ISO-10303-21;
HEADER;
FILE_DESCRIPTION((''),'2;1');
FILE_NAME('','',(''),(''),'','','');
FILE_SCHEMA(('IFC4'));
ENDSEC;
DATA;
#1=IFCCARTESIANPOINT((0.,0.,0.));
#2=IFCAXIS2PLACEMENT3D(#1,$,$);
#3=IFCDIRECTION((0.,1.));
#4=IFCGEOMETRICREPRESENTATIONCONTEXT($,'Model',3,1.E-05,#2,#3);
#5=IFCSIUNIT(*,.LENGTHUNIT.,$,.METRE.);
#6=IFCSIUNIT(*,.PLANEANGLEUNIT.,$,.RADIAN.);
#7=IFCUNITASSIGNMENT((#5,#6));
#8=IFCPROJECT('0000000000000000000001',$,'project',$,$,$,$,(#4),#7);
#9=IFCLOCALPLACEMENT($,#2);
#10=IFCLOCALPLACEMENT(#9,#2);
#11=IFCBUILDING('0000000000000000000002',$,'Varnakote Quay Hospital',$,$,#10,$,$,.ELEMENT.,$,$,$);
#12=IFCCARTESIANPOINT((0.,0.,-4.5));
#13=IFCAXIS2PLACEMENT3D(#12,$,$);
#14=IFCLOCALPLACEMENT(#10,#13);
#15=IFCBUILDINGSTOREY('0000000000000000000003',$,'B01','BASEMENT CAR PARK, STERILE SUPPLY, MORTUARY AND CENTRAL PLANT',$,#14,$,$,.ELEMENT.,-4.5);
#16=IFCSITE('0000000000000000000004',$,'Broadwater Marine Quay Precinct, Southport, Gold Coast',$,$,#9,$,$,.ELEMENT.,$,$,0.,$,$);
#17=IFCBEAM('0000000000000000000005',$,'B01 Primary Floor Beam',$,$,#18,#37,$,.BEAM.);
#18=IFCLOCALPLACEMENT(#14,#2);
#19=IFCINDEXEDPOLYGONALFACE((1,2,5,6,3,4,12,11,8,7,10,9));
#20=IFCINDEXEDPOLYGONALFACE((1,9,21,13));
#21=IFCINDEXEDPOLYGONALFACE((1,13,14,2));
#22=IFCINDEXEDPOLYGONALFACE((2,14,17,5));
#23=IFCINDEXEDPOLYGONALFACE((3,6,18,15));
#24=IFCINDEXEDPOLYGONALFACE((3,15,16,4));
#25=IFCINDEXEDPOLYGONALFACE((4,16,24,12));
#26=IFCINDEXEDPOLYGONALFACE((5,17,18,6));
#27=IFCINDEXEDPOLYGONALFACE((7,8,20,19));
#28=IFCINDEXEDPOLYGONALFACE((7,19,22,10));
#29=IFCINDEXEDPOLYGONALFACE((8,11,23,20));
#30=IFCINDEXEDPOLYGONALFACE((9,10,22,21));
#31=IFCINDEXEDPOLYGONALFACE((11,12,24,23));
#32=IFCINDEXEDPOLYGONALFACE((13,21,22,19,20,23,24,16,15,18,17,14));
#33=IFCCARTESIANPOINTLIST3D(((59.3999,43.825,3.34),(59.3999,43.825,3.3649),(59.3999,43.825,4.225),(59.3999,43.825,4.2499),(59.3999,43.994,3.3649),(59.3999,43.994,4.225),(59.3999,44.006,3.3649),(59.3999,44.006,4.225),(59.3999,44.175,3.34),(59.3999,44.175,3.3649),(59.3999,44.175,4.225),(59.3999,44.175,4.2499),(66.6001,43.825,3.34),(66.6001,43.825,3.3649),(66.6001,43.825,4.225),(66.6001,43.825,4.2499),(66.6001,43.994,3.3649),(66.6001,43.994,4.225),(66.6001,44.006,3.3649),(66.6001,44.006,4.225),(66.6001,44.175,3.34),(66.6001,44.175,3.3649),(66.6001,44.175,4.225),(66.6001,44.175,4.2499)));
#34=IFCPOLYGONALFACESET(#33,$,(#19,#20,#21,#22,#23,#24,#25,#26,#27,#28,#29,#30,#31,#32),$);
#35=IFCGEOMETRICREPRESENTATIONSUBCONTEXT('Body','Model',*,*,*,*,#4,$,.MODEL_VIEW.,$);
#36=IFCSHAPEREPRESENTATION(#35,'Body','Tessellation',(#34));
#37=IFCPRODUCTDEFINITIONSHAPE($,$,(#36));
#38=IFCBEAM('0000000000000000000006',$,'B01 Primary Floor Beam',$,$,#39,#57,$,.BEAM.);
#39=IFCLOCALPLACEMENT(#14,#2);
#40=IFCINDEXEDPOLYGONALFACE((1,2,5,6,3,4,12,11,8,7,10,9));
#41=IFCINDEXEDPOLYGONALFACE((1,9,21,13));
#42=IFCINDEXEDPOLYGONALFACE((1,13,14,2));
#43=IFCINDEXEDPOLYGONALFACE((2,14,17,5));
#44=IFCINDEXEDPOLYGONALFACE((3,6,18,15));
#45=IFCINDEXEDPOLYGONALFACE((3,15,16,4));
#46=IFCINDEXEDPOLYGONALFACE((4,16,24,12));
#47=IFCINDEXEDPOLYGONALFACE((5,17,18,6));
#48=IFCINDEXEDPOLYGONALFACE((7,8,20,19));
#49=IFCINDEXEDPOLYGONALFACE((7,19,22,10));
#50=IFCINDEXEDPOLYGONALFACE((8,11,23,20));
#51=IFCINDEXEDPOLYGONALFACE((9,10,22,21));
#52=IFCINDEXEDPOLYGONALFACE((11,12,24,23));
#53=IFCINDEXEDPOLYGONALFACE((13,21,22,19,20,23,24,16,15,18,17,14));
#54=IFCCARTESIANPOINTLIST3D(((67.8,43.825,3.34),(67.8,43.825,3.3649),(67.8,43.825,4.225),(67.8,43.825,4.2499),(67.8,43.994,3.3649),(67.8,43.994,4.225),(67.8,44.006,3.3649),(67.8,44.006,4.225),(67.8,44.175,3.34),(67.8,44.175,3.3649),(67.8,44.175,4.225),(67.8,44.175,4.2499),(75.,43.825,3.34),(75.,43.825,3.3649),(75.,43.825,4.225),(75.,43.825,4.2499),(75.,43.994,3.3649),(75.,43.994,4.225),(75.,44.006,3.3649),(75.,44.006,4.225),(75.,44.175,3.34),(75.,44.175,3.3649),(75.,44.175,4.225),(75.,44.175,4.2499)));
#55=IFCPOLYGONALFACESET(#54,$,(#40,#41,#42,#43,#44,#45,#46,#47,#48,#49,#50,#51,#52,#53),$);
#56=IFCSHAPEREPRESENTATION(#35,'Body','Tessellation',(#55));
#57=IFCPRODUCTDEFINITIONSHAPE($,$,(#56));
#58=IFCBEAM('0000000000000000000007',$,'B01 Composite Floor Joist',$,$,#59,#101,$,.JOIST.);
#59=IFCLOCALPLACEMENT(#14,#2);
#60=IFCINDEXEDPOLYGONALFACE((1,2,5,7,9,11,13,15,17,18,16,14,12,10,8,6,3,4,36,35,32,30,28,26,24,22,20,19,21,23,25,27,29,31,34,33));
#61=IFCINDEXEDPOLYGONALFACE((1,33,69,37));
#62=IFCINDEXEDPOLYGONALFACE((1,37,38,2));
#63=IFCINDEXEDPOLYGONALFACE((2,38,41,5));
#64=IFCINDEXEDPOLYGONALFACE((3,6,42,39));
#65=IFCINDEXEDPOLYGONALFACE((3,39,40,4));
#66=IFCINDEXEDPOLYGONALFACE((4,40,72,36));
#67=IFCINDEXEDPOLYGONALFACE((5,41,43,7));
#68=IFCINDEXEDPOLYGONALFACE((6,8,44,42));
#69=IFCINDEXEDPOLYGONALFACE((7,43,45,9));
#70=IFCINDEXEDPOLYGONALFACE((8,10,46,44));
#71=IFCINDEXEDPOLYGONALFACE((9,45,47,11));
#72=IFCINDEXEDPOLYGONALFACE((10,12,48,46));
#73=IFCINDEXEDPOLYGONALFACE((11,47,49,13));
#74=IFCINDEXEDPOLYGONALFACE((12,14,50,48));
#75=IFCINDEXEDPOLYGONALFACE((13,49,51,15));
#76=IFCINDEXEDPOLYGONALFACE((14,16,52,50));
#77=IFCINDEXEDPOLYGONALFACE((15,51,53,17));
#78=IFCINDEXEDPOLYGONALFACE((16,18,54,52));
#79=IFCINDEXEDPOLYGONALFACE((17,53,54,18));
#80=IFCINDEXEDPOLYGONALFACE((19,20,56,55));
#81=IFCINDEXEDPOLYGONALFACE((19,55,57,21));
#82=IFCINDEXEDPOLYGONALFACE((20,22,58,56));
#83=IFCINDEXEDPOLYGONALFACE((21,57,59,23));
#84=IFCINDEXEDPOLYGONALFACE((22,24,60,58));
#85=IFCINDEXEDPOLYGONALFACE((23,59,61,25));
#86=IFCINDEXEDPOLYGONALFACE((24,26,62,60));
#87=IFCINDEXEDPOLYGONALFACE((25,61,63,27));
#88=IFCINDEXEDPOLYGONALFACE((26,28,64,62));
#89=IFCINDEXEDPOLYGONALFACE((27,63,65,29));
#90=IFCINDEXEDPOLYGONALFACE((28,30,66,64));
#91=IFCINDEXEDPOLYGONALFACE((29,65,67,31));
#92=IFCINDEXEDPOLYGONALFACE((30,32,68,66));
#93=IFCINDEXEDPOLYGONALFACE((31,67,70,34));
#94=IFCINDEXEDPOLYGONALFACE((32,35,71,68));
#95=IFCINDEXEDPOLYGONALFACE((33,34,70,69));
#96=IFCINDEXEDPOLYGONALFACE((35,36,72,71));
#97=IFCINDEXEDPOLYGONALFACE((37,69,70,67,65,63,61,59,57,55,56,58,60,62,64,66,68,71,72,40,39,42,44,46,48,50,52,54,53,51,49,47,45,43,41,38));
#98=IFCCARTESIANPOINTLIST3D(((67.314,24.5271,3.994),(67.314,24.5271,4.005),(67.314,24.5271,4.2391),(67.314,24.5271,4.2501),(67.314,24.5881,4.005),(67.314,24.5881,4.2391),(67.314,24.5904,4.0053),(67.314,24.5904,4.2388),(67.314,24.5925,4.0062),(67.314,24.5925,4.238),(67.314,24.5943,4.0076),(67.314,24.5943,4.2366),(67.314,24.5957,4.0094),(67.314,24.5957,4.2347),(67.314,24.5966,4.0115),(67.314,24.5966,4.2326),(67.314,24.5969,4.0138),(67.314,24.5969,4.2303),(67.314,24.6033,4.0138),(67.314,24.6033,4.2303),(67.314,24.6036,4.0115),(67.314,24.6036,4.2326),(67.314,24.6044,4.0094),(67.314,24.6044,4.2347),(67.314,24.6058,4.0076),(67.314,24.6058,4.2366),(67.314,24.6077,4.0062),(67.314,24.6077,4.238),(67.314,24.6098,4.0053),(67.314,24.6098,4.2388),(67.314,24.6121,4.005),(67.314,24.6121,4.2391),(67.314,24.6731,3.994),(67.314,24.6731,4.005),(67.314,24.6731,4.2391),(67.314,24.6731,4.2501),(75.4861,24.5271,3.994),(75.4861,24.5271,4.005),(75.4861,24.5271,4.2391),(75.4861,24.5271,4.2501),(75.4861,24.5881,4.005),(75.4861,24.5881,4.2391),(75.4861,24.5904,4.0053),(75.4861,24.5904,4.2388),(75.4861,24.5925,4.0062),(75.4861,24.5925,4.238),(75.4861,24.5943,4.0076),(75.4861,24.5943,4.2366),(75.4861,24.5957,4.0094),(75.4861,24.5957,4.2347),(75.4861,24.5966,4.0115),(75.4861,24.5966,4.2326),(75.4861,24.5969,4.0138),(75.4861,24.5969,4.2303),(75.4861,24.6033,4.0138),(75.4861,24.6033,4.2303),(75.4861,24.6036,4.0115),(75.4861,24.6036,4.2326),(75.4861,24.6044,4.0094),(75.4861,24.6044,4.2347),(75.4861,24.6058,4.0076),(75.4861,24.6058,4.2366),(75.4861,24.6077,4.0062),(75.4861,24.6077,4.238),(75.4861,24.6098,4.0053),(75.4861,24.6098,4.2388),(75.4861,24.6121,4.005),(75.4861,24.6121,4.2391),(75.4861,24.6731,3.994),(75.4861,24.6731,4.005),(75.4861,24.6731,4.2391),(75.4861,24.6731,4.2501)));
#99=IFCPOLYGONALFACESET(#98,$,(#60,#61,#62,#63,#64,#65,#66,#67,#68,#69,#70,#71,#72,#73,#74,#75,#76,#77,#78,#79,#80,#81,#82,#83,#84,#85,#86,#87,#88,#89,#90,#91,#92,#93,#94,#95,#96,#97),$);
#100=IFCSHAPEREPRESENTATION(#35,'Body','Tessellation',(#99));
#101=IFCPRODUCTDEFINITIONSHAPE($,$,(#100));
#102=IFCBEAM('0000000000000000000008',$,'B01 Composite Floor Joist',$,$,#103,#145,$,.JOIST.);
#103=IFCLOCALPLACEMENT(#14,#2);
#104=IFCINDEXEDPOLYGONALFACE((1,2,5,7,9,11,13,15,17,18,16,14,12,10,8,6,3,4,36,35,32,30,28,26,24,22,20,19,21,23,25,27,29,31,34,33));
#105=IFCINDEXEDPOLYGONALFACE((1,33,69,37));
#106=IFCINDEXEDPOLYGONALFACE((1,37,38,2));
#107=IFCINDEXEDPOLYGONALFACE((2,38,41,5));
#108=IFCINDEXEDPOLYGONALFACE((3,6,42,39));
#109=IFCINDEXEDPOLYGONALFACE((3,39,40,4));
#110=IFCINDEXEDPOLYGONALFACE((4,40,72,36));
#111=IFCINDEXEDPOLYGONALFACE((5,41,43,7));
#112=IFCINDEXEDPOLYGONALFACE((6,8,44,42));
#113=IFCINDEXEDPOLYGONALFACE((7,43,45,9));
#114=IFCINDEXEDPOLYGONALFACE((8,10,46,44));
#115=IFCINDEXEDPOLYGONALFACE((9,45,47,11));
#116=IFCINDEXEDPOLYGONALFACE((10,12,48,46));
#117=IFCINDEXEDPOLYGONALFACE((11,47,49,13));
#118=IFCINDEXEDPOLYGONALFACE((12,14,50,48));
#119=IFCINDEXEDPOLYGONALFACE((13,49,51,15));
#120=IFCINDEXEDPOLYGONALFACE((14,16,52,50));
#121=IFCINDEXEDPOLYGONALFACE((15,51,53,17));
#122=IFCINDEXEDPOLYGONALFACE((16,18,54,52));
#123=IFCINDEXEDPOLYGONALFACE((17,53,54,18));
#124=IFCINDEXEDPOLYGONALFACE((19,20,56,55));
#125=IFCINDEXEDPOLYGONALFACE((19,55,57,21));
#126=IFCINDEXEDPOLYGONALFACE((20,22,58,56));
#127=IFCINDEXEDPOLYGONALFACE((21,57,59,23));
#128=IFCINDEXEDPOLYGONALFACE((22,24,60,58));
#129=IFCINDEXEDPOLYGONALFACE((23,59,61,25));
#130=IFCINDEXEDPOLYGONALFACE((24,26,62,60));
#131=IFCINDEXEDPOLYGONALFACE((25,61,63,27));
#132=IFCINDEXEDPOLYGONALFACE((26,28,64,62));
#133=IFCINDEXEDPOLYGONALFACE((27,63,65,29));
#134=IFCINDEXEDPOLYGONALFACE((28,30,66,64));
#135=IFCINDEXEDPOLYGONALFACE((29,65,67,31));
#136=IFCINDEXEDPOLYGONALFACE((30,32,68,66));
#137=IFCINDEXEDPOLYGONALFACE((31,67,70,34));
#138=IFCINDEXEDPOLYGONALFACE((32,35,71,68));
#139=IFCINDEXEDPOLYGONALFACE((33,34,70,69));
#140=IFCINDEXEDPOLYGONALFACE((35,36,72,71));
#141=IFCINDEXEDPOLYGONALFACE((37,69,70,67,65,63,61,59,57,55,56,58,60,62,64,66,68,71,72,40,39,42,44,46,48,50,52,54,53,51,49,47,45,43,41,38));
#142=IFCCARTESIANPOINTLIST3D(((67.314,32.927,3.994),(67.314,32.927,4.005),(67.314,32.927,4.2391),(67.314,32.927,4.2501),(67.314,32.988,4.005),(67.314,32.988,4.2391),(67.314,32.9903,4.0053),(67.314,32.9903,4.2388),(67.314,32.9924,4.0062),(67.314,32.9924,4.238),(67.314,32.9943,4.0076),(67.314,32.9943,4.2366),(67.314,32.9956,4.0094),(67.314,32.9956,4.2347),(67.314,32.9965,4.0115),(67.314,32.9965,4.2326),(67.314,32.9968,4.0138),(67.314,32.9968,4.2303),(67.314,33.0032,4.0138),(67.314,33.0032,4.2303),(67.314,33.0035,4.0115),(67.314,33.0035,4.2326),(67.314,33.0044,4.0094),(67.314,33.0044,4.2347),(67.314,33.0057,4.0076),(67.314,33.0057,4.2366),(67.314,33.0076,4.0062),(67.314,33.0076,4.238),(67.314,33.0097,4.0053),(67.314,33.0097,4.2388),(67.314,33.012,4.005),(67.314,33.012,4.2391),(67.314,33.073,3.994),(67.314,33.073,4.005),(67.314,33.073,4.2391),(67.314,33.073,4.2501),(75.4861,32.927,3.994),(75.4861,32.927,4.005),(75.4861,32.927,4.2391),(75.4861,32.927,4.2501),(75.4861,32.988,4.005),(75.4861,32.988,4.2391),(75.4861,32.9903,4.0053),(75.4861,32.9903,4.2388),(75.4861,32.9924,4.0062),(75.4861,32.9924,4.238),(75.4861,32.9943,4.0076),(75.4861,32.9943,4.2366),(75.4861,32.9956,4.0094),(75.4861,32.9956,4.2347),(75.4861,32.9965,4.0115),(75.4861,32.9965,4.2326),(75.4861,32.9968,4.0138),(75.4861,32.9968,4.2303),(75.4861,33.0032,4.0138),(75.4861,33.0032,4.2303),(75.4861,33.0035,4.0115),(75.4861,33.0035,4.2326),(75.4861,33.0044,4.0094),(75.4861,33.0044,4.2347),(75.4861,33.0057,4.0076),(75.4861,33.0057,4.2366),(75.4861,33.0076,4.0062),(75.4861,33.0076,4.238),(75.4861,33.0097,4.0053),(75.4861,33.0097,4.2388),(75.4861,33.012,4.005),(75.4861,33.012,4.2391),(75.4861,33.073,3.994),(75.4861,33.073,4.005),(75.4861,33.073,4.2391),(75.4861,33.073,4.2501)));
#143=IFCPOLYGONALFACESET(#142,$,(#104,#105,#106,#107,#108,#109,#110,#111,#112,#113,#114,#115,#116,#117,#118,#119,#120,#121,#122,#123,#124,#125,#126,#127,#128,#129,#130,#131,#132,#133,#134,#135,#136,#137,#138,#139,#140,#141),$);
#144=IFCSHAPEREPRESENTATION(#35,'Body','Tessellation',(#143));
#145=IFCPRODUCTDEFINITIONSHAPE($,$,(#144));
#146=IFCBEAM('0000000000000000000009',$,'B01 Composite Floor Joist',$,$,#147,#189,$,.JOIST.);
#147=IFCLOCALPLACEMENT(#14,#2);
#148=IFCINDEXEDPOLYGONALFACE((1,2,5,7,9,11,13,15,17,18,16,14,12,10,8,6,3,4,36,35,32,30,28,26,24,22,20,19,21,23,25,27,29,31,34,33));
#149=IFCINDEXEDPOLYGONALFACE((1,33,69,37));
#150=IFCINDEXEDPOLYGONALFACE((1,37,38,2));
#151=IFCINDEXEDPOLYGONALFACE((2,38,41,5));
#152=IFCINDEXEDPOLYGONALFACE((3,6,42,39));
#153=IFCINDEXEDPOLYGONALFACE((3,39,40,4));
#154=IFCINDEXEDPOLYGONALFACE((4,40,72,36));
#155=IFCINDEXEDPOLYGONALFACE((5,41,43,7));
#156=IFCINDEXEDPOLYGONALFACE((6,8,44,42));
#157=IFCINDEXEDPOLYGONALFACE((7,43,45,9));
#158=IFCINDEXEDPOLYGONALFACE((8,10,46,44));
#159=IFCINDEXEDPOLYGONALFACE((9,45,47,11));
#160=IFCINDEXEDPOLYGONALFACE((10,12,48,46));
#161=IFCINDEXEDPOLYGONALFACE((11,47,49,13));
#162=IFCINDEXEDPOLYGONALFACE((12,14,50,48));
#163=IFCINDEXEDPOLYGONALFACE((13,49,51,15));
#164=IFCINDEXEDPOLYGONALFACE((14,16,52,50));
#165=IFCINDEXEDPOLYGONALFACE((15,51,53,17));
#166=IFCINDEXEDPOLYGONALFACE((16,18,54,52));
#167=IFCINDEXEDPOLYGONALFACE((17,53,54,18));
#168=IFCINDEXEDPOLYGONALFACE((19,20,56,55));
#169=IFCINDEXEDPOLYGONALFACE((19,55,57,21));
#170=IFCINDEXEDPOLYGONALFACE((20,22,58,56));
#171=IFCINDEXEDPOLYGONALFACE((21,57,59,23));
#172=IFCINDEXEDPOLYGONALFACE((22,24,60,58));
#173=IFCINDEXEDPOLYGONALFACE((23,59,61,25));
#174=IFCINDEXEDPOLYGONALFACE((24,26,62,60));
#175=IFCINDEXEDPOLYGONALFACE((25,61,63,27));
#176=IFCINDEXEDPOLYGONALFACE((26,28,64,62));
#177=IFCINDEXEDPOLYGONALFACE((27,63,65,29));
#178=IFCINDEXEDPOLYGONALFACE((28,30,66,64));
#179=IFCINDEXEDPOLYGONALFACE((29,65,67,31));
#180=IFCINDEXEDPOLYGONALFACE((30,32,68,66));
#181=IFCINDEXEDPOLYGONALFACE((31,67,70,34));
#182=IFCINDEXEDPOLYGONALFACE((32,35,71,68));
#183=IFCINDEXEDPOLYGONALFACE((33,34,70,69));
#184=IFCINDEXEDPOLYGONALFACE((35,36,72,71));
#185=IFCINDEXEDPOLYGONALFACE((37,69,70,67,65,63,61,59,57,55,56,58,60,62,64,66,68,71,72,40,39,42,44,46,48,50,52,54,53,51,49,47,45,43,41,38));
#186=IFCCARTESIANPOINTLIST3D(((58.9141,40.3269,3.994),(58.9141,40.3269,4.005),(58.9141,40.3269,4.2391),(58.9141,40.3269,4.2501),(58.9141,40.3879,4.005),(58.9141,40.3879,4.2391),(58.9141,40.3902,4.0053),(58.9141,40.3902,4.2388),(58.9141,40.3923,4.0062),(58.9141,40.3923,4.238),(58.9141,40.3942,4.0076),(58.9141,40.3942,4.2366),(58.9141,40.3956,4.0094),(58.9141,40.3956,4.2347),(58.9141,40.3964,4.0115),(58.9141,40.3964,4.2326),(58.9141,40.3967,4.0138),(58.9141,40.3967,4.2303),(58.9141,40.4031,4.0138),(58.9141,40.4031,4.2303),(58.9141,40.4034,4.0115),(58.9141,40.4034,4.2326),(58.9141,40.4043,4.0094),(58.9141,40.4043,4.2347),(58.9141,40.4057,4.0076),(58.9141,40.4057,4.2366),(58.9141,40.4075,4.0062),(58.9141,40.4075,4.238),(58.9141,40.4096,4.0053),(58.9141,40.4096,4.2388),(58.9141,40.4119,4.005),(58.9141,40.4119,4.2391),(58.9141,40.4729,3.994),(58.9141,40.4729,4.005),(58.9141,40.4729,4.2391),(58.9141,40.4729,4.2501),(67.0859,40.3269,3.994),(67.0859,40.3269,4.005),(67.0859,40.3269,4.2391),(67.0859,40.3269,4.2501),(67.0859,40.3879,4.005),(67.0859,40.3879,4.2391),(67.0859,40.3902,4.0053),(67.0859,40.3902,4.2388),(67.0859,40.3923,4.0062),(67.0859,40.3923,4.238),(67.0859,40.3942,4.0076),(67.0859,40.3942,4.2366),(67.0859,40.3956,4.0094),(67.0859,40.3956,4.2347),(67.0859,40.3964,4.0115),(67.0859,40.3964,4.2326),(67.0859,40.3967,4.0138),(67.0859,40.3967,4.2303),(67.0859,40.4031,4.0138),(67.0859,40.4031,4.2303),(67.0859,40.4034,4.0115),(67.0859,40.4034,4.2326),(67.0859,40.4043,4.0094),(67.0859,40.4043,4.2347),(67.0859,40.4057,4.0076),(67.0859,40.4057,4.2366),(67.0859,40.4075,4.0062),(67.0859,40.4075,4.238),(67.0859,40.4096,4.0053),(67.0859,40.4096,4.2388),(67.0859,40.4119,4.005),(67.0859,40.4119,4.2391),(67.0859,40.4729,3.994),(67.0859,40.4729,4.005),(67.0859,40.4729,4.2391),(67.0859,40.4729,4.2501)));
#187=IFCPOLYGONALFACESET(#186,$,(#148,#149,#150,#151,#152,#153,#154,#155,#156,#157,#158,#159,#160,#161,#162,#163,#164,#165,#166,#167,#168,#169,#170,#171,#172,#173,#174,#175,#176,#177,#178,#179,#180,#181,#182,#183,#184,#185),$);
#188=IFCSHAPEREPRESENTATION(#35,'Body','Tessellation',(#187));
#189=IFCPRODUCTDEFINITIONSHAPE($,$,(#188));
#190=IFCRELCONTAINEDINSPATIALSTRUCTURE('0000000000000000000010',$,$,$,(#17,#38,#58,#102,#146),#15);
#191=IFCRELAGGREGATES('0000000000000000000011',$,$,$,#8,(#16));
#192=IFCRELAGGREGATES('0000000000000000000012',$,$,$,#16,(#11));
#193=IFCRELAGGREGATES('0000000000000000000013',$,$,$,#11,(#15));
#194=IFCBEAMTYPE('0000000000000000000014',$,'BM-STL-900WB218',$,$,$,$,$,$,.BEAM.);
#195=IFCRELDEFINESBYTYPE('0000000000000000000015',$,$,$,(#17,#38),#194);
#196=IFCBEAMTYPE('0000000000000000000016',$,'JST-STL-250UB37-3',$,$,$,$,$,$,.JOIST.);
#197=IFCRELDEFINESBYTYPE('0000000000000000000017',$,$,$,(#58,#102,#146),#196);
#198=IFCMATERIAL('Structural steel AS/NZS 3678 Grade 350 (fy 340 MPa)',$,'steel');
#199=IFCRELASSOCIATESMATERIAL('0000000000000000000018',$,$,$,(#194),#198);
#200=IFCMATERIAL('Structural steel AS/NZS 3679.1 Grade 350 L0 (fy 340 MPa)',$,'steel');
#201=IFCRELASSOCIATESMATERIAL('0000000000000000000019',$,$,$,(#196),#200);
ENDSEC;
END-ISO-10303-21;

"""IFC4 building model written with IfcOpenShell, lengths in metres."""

from ifc_helpers import new_model, si_unit, direction, frame, origin, origin_2d, place, context, subcontext, project, spatial, i_section, extrude, material, material_profile, profile_set, type_object, element, save


model = new_model("IFC4")

# Units and contexts
model_context = context("Model", 3, precision=1e-05, world=origin(), true_north=direction((0.0, 1.0)))
body_context = subcontext(model_context, "Body", "Model", "MODEL_VIEW")
ifc_project = project(units=[si_unit("LENGTHUNIT", "METRE"), si_unit("PLANEANGLEUNIT", "RADIAN")], contexts=[model_context])

# Site, building, storey
site_placement = place(None, origin())
site = spatial("IfcSite", under=ifc_project, at=site_placement, Name="Broadwater Marine Quay Precinct, Southport, Gold Coast", CompositionType="ELEMENT", RefElevation=0.0)
building_placement = place(site_placement, origin())
building = spatial("IfcBuilding", under=site, at=building_placement, Name="Varnakote Quay Hospital", CompositionType="ELEMENT")
storey_placement = place(building_placement, frame((0.0, 0.0, -4.5)))
storey = spatial("IfcBuildingStorey", under=building, at=storey_placement, Name="B01", Description="BASEMENT CAR PARK, STERILE SUPPLY, MORTUARY AND CENTRAL PLANT", CompositionType="ELEMENT", Elevation=-4.5)

# Beams
ifc_material_1 = material(Name="Structural steel AS/NZS 3678 Grade 350 (fy 340 MPa)", Category="steel")
ifc_material_profile_1 = material_profile(ifc_material_1, i_section(OverallWidth=0.3501, OverallDepth=0.9099, WebThickness=0.012, FlangeThickness=0.0249, at=origin_2d()), Name="900WB218")
ifc_profile_set_1 = profile_set([ifc_material_profile_1], Name="Structural steel AS/NZS 3678 Grade 350 (fy 340 MPa)")
beam_type_1 = type_object("IfcBeamType", Name="BM-STL-900WB218", PredefinedType="BEAM", material=ifc_profile_set_1)
beam_1_placement = place(storey_placement, frame((59.3999, 44.0, 3.7949), z_axis=(1.0, 0.0, 0.0), x_axis=(0.0, 1.0, 0.0)))
element("IfcBeam", 1, at=beam_1_placement, inside=storey, type_object=beam_type_1, Name="B01 Primary Floor Beam", PredefinedType="BEAM", context=body_context, shape_type="SweptSolid", body=[
    extrude(i_section(OverallWidth=0.3501, OverallDepth=0.9099, WebThickness=0.012, FlangeThickness=0.0249, at=origin_2d()), origin(), (0.0, 0.0, 1.0), 7.2002),
])
beam_2_placement = place(storey_placement, frame((67.8, 44.0, 3.7949), z_axis=(1.0, 0.0, 0.0), x_axis=(0.0, 1.0, 0.0)))
element("IfcBeam", 2, at=beam_2_placement, inside=storey, type_object=beam_type_1, Name="B01 Primary Floor Beam", PredefinedType="BEAM", context=body_context, shape_type="SweptSolid", body=[
    extrude(i_section(OverallWidth=0.3501, OverallDepth=0.9099, WebThickness=0.012, FlangeThickness=0.0249, at=origin_2d()), origin(), (0.0, 0.0, 1.0), 7.2),
])
ifc_material_2 = material(Name="Structural steel AS/NZS 3679.1 Grade 350 L0 (fy 340 MPa)", Category="steel")
ifc_material_profile_2 = material_profile(ifc_material_2, i_section(OverallWidth=0.146, OverallDepth=0.2561, WebThickness=0.0063, FlangeThickness=0.011, FilletRadius=0.0088, at=origin_2d()), Name="250UB37.3")
ifc_profile_set_2 = profile_set([ifc_material_profile_2], Name="Structural steel AS/NZS 3679.1 Grade 350 L0 (fy 340 MPa)")
beam_type_2 = type_object("IfcBeamType", Name="JST-STL-250UB37-3", PredefinedType="JOIST", material=ifc_profile_set_2)
for number, where, z_axis, x_axis, name in (
    (3, (67.314, 24.6001, 4.1221), (1.0, 0.0, 0.0), (0.0, 1.0, 0.0), "B01 Composite Floor Joist"),
    (4, (67.314, 33.0, 4.1221), (1.0, 0.0, 0.0), (0.0, 1.0, 0.0), "B01 Composite Floor Joist"),
):
    element("IfcBeam", number, at=place(storey_placement, frame(where, z_axis=z_axis, x_axis=x_axis)), inside=storey, type_object=beam_type_2, Name=name, PredefinedType="JOIST", context=body_context, shape_type="SweptSolid", body=[
        extrude(i_section(OverallWidth=0.146, OverallDepth=0.2561, WebThickness=0.0063, FlangeThickness=0.011, FilletRadius=0.0088, at=origin_2d()), origin(), (0.0, 0.0, 1.0), 8.1721),
    ])
beam_3_placement = place(storey_placement, frame((58.9141, 40.3999, 4.1221), z_axis=(1.0, 0.0, 0.0), x_axis=(0.0, 1.0, 0.0)))
element("IfcBeam", 5, at=beam_3_placement, inside=storey, type_object=beam_type_2, Name="B01 Composite Floor Joist", PredefinedType="JOIST", context=body_context, shape_type="SweptSolid", body=[
    extrude(i_section(OverallWidth=0.146, OverallDepth=0.2561, WebThickness=0.0063, FlangeThickness=0.011, FilletRadius=0.0088, at=origin_2d()), origin(), (0.0, 0.0, 1.0), 8.1719),
])

save(model, "model.ifc")
